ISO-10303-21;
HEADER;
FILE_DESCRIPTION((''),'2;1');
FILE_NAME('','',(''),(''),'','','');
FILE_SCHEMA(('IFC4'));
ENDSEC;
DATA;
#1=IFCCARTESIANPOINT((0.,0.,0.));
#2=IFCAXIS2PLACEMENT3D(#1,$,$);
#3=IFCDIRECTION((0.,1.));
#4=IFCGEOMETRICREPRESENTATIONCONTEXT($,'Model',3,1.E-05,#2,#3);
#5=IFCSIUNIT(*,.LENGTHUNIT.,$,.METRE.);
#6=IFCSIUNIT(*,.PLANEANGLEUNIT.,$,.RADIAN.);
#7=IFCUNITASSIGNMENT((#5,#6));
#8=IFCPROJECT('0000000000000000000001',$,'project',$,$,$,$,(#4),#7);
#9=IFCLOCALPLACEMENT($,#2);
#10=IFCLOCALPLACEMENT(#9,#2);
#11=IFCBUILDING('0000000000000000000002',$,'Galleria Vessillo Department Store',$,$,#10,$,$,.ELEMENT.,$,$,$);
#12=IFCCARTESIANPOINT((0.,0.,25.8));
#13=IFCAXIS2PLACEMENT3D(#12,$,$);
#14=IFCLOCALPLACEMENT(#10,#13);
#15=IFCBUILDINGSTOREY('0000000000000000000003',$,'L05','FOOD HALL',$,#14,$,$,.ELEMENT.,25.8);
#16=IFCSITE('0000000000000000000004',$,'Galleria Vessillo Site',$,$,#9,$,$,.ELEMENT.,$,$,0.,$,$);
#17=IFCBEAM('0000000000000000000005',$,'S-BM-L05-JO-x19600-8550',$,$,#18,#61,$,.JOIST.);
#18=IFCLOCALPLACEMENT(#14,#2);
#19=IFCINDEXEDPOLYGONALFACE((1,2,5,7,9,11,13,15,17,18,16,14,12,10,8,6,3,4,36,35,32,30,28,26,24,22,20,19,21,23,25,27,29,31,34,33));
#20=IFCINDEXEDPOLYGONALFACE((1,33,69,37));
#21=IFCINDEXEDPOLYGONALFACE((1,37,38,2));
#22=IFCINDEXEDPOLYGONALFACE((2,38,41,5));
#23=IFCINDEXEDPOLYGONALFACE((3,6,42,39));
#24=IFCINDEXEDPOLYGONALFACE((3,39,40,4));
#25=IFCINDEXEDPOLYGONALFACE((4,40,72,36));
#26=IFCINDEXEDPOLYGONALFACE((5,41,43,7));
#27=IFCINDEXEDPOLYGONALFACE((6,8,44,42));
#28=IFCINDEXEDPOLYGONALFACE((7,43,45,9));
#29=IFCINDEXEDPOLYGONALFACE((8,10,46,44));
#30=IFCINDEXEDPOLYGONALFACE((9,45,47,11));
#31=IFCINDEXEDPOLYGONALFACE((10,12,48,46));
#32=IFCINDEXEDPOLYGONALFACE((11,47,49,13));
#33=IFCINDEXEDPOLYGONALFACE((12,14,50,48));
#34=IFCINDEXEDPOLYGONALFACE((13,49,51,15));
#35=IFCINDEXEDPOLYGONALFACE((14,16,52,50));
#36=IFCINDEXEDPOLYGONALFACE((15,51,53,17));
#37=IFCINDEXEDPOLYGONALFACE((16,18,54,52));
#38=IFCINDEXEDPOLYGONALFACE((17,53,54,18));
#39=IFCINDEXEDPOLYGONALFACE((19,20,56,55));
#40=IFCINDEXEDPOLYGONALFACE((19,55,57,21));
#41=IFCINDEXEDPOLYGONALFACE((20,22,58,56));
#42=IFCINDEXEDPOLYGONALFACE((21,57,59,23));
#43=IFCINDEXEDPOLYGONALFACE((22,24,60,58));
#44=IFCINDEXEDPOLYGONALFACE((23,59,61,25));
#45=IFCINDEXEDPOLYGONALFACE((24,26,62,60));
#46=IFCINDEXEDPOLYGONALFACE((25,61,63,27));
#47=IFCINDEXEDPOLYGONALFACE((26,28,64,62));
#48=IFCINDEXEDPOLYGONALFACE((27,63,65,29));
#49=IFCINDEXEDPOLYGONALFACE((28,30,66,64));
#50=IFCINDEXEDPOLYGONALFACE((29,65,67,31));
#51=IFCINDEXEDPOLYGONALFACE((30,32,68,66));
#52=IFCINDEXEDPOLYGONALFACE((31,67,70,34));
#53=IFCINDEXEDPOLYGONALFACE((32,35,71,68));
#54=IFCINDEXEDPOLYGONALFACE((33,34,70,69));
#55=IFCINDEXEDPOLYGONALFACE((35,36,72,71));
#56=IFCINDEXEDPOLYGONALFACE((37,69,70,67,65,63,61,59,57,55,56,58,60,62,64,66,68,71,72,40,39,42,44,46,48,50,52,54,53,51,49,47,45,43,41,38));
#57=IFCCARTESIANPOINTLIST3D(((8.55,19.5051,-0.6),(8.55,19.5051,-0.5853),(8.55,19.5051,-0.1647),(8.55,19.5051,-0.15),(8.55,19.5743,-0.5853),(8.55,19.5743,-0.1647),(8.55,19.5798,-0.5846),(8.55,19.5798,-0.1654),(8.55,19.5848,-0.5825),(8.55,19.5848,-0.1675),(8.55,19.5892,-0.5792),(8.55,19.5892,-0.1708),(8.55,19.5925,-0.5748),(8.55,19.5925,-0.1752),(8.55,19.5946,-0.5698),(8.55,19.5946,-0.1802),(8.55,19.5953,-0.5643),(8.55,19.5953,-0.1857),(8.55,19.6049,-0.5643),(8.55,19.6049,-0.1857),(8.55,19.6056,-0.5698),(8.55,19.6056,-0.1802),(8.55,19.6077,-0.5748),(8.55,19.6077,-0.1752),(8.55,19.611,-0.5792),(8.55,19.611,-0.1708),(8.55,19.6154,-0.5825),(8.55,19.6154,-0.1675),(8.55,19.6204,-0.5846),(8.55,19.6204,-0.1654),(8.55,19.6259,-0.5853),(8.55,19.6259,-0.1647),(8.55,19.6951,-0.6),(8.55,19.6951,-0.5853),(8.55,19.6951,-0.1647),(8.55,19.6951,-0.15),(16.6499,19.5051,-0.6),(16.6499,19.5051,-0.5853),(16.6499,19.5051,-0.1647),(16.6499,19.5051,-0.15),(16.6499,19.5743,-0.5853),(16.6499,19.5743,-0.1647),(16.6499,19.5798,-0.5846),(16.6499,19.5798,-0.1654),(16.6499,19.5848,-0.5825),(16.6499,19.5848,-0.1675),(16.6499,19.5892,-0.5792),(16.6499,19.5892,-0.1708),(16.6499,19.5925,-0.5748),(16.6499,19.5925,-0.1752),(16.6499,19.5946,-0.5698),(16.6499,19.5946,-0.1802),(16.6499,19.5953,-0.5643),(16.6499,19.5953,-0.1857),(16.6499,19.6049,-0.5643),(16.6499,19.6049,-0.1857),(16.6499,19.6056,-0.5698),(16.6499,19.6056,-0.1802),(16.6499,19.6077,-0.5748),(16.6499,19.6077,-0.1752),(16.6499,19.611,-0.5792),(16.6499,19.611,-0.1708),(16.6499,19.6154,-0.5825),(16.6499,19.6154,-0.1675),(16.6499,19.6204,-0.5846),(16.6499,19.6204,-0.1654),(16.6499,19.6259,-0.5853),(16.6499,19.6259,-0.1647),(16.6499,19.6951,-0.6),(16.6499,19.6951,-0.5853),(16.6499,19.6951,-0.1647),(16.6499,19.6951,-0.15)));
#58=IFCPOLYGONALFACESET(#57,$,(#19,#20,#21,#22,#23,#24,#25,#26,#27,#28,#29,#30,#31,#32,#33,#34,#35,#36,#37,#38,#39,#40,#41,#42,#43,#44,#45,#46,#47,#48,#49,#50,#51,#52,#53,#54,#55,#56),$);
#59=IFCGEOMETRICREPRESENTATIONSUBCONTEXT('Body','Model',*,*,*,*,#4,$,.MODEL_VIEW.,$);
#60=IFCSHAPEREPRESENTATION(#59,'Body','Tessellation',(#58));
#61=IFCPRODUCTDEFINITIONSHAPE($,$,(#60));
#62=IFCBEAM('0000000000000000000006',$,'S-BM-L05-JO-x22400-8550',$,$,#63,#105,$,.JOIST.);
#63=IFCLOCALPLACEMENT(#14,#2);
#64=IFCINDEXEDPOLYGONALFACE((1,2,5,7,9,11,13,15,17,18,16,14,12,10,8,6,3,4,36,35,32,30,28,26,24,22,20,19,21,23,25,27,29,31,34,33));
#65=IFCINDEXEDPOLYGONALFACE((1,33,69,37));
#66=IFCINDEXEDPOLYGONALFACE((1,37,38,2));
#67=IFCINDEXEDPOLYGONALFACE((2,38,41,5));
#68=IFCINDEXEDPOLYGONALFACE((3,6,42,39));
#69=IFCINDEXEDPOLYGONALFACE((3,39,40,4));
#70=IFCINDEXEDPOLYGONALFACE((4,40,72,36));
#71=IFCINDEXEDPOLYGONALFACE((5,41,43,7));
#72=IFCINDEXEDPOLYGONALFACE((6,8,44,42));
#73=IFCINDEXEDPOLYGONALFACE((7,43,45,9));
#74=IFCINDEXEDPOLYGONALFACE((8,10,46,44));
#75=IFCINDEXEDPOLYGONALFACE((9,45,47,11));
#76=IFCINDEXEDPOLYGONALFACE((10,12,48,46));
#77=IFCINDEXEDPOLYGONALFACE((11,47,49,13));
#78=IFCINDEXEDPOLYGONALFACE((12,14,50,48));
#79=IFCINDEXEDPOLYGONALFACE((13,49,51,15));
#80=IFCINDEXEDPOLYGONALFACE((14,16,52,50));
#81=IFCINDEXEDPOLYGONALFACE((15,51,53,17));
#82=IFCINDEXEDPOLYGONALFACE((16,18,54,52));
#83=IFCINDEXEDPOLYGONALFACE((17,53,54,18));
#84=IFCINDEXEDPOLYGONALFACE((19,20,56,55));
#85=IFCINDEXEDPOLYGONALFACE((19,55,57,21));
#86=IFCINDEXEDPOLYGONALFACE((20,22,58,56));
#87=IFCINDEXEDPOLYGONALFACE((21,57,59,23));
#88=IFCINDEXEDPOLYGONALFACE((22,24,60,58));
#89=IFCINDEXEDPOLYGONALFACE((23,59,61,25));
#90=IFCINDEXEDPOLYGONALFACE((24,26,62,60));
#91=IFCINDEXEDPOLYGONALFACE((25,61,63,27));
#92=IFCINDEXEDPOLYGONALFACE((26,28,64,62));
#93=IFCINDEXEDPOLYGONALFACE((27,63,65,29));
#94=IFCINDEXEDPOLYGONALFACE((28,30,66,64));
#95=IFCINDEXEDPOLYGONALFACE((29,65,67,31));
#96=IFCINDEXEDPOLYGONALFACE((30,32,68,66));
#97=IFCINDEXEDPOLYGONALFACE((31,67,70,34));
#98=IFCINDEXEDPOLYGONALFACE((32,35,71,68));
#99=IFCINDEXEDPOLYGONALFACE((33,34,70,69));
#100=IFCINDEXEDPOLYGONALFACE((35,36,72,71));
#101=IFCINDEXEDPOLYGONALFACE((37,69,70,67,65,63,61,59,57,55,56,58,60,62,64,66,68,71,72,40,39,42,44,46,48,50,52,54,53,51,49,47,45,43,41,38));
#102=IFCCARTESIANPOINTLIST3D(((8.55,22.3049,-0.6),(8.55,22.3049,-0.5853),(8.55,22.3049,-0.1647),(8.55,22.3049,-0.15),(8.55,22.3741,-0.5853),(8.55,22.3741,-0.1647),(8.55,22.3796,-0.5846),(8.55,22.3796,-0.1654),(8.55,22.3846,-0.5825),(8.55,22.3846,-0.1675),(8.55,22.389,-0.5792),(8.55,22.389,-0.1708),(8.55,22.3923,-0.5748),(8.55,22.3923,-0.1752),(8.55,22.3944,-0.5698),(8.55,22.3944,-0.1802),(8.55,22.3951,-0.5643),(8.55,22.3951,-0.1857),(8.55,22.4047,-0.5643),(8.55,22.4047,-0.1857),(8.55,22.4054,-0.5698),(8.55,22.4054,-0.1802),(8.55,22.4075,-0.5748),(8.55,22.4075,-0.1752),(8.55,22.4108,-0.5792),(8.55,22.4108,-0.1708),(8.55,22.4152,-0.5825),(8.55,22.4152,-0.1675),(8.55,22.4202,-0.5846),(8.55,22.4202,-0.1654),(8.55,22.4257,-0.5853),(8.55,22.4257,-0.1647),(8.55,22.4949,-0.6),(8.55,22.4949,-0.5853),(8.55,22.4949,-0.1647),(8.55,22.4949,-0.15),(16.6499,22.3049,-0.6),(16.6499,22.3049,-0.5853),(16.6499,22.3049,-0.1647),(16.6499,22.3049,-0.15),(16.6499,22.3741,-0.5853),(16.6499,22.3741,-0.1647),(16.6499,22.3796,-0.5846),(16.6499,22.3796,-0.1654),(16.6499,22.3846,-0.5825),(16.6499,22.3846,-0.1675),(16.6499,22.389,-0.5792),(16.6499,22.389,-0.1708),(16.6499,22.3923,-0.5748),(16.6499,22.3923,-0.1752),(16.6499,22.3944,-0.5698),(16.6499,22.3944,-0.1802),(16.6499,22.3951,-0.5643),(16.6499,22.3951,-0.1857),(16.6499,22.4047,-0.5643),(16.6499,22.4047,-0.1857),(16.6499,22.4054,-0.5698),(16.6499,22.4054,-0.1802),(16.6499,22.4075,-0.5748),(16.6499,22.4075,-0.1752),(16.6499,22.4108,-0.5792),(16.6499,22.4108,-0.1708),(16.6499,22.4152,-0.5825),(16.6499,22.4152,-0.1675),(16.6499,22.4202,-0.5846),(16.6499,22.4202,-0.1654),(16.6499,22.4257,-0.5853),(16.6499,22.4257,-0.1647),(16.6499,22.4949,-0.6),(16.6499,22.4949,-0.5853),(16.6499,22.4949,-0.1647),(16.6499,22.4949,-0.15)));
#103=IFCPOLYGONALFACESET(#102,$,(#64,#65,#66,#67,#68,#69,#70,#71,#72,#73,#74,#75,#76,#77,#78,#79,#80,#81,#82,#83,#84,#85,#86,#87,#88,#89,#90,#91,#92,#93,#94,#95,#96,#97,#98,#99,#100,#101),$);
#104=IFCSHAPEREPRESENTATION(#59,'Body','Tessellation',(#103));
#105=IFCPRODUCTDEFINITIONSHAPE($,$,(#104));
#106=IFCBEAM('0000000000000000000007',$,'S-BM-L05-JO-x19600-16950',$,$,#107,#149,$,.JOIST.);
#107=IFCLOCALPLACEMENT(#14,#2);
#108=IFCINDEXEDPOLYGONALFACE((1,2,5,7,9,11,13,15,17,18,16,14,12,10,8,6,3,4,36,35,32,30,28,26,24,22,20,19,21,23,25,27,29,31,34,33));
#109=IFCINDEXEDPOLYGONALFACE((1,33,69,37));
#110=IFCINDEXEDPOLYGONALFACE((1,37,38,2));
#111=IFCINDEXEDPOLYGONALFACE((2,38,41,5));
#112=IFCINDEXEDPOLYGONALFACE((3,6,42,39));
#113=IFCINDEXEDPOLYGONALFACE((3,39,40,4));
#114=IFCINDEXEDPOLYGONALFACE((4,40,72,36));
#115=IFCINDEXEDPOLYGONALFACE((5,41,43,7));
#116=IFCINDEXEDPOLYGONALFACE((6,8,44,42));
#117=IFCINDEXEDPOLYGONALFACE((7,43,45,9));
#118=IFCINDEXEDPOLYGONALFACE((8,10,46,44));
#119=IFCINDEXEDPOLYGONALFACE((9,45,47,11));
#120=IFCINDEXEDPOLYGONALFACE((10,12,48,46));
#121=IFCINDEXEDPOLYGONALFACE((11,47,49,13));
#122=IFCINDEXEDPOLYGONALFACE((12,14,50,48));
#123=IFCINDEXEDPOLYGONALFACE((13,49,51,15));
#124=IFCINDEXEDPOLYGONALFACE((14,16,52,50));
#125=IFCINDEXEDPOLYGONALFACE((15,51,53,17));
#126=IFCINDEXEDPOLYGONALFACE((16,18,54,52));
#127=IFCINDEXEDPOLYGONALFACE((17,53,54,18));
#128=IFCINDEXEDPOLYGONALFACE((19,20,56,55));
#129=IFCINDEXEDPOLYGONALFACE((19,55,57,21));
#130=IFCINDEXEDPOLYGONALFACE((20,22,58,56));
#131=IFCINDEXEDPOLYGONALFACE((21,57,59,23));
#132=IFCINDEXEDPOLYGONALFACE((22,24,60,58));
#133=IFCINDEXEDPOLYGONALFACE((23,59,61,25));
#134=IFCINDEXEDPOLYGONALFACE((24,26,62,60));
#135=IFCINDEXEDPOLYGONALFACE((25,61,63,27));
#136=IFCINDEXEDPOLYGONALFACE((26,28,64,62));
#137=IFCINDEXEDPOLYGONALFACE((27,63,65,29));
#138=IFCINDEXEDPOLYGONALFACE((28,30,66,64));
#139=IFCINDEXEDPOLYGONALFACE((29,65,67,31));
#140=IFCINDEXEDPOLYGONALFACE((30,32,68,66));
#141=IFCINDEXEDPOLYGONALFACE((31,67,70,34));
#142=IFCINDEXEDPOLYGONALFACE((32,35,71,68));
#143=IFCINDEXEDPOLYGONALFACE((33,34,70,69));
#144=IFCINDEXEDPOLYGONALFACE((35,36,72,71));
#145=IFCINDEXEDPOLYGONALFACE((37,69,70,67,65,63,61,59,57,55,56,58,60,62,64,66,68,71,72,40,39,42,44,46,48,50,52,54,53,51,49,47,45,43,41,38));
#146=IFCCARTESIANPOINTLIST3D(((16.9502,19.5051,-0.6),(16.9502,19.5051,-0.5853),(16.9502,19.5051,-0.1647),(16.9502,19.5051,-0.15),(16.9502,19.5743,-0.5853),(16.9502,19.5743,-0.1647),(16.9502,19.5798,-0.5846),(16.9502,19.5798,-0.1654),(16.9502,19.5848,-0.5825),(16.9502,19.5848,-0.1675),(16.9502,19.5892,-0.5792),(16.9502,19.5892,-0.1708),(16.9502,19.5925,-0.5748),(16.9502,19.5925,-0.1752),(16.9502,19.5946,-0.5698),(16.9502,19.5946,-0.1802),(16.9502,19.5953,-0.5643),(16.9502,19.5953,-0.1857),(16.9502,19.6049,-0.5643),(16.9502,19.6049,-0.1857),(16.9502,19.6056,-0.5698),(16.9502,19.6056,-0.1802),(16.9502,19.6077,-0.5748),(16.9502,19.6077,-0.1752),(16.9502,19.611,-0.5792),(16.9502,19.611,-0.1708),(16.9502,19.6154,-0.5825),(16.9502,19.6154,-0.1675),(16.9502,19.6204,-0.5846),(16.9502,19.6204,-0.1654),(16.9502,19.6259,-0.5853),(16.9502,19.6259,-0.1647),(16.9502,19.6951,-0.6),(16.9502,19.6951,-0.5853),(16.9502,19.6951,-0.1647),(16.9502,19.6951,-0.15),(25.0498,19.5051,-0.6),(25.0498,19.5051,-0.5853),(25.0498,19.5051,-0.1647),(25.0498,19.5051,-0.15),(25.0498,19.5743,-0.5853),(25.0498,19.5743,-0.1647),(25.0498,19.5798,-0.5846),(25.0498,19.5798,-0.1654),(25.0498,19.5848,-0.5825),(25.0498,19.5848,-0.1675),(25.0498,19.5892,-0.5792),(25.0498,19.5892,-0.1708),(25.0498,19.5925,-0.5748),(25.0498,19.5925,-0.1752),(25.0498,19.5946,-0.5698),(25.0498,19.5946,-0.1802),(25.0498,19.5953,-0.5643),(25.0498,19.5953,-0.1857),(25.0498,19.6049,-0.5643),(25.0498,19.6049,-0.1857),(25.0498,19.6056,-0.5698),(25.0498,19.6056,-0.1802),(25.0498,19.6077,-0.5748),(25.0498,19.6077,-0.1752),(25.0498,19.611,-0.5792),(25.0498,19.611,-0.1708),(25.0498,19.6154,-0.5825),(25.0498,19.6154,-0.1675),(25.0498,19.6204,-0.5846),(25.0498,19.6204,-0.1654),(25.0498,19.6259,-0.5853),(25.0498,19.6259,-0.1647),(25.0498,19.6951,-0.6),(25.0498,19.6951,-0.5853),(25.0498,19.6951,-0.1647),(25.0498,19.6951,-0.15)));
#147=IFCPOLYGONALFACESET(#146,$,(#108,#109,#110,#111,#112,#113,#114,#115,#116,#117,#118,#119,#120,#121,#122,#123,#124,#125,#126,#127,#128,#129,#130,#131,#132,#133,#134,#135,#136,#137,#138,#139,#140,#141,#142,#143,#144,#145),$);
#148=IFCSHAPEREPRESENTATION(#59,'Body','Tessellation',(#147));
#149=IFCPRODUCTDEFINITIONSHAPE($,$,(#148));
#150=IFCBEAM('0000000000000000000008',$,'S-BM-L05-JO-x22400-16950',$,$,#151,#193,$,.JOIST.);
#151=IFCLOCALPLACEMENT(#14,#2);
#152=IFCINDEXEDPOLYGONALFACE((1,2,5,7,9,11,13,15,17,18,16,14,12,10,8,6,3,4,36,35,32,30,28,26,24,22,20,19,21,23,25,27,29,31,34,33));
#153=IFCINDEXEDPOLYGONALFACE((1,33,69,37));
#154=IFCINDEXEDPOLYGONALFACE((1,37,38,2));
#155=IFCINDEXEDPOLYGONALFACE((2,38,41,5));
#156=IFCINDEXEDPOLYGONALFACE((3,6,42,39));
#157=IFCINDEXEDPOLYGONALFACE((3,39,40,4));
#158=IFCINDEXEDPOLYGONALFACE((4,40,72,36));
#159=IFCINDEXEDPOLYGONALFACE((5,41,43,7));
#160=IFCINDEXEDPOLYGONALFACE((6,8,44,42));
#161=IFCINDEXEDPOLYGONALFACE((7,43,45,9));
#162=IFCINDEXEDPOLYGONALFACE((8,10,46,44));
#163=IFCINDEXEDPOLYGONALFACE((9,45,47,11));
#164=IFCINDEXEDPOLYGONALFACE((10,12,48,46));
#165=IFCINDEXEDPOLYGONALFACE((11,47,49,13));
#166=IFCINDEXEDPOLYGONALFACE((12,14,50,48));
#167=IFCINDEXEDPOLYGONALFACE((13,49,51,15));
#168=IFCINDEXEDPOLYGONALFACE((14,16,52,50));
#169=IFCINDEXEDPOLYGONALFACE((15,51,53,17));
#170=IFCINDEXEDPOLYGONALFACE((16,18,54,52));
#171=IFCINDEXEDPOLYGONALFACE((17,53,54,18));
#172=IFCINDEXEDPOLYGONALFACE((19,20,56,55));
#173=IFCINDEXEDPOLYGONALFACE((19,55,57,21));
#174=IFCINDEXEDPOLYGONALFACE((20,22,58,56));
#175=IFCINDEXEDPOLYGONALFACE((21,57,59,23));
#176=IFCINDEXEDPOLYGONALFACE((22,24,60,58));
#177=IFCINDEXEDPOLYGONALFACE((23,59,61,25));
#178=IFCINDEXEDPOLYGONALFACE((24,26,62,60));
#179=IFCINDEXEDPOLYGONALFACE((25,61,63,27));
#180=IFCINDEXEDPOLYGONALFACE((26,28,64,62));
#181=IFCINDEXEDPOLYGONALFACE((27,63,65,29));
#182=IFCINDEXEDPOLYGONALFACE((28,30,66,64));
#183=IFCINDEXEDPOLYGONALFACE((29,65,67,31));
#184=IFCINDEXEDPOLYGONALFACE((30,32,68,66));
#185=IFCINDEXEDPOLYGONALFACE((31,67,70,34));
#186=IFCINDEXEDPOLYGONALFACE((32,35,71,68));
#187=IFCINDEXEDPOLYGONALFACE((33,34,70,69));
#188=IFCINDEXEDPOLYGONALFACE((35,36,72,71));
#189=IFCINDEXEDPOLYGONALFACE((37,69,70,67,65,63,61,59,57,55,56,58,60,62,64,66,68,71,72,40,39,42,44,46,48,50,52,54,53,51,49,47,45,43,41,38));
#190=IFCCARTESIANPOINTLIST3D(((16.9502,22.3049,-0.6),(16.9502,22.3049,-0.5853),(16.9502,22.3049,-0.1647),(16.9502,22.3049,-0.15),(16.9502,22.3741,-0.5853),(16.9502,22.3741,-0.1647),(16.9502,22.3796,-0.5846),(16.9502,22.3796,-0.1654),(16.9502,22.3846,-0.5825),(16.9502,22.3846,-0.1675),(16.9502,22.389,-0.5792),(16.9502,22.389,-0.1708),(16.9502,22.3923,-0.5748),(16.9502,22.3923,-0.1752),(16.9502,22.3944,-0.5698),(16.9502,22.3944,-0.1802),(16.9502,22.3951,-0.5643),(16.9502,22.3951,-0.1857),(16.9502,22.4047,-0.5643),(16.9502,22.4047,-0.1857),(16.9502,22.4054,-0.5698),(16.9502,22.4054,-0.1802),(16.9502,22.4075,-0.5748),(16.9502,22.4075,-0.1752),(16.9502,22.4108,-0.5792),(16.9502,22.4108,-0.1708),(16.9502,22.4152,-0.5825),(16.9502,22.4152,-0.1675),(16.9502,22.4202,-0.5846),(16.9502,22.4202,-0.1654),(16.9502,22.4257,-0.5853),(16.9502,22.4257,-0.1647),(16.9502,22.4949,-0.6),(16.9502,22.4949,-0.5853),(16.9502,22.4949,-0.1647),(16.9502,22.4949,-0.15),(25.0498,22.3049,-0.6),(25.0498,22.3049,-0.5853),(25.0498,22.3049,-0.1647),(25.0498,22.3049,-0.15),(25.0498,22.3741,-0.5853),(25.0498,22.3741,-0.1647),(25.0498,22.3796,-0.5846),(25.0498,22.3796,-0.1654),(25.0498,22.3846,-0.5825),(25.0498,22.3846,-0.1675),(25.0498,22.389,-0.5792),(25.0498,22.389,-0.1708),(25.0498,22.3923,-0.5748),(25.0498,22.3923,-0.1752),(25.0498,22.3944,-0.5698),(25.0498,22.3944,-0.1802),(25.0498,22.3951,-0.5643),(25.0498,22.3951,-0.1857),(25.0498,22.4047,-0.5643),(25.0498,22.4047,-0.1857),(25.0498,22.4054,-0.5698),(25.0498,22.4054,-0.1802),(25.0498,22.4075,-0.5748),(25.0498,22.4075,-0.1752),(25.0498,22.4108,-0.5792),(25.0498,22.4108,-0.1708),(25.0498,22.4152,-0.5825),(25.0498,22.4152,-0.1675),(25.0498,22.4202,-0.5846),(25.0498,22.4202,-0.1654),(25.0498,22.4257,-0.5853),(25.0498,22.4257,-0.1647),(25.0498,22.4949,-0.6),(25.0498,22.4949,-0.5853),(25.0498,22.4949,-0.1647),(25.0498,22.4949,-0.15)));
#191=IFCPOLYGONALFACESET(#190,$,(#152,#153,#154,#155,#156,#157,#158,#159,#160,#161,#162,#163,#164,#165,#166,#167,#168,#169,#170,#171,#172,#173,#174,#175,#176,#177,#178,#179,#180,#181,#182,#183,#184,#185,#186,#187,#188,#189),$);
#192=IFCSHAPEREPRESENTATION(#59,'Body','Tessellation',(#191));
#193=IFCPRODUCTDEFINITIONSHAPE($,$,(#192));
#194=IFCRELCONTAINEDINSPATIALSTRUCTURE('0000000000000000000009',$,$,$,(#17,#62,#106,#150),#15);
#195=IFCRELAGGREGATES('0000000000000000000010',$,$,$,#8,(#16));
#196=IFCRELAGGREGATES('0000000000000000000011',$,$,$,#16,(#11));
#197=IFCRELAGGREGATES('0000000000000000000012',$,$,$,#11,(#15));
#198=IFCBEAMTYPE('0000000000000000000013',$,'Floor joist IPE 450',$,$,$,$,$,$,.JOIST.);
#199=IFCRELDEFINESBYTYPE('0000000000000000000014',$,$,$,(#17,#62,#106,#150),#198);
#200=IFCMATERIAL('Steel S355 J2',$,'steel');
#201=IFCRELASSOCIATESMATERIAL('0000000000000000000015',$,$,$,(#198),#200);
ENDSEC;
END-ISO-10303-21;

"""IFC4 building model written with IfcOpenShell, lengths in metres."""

from ifc_helpers import new_model, si_unit, direction, frame, origin, origin_2d, place, context, subcontext, project, spatial, i_section, extrude, material, material_profile, profile_set, type_object, element, save


model = new_model("IFC4")

# Units and contexts
model_context = context("Model", 3, precision=1e-05, world=origin(), true_north=direction((0.0, 1.0)))
body_context = subcontext(model_context, "Body", "Model", "MODEL_VIEW")
ifc_project = project(units=[si_unit("LENGTHUNIT", "METRE"), si_unit("PLANEANGLEUNIT", "RADIAN")], contexts=[model_context])

# Site, building, storey
site_placement = place(None, origin())
site = spatial("IfcSite", under=ifc_project, at=site_placement, Name="Galleria Vessillo Site", CompositionType="ELEMENT", RefElevation=0.0)
building_placement = place(site_placement, origin())
building = spatial("IfcBuilding", under=site, at=building_placement, Name="Galleria Vessillo Department Store", CompositionType="ELEMENT")
storey_placement = place(building_placement, frame((0.0, 0.0, 25.8)))
storey = spatial("IfcBuildingStorey", under=building, at=storey_placement, Name="L05", Description="FOOD HALL", CompositionType="ELEMENT", Elevation=25.8)

# Beams
ifc_material_1 = material(Name="Steel S355 J2", Category="steel")
ifc_material_profile_1 = material_profile(ifc_material_1, i_section(OverallWidth=0.1899, OverallDepth=0.45, WebThickness=0.0095, FlangeThickness=0.0146, FilletRadius=0.021, at=origin_2d()), Name="IPE 450")
ifc_profile_set_1 = profile_set([ifc_material_profile_1], Name="Steel S355 J2")
beam_type_1 = type_object("IfcBeamType", Name="Floor joist IPE 450", PredefinedType="JOIST", material=ifc_profile_set_1)
for number, where, z_axis, x_axis, name in (
    (1, (8.55, 19.6001, -0.375), (1.0, 0.0, 0.0), (0.0, 1.0, 0.0), "S-BM-L05-JO-x19600-8550"),
    (2, (8.55, 22.3999, -0.375), (1.0, 0.0, 0.0), (0.0, 1.0, 0.0), "S-BM-L05-JO-x22400-8550"),
):
    element("IfcBeam", number, at=place(storey_placement, frame(where, z_axis=z_axis, x_axis=x_axis)), inside=storey, type_object=beam_type_1, Name=name, PredefinedType="JOIST", context=body_context, shape_type="SweptSolid", body=[
        extrude(i_section(OverallWidth=0.1899, OverallDepth=0.45, WebThickness=0.0095, FlangeThickness=0.0146, FilletRadius=0.021, at=origin_2d()), origin(), (0.0, 0.0, 1.0), 8.0999),
    ])
for number, where, z_axis, x_axis, name in (
    (3, (16.9502, 19.6001, -0.375), (1.0, 0.0, 0.0), (0.0, 1.0, 0.0), "S-BM-L05-JO-x19600-16950"),
    (4, (16.9502, 22.3999, -0.375), (1.0, 0.0, 0.0), (0.0, 1.0, 0.0), "S-BM-L05-JO-x22400-16950"),
):
    element("IfcBeam", number, at=place(storey_placement, frame(where, z_axis=z_axis, x_axis=x_axis)), inside=storey, type_object=beam_type_1, Name=name, PredefinedType="JOIST", context=body_context, shape_type="SweptSolid", body=[
        extrude(i_section(OverallWidth=0.1899, OverallDepth=0.45, WebThickness=0.0095, FlangeThickness=0.0146, FilletRadius=0.021, at=origin_2d()), origin(), (0.0, 0.0, 1.0), 8.0996),
    ])

save(model, "model.ifc")
